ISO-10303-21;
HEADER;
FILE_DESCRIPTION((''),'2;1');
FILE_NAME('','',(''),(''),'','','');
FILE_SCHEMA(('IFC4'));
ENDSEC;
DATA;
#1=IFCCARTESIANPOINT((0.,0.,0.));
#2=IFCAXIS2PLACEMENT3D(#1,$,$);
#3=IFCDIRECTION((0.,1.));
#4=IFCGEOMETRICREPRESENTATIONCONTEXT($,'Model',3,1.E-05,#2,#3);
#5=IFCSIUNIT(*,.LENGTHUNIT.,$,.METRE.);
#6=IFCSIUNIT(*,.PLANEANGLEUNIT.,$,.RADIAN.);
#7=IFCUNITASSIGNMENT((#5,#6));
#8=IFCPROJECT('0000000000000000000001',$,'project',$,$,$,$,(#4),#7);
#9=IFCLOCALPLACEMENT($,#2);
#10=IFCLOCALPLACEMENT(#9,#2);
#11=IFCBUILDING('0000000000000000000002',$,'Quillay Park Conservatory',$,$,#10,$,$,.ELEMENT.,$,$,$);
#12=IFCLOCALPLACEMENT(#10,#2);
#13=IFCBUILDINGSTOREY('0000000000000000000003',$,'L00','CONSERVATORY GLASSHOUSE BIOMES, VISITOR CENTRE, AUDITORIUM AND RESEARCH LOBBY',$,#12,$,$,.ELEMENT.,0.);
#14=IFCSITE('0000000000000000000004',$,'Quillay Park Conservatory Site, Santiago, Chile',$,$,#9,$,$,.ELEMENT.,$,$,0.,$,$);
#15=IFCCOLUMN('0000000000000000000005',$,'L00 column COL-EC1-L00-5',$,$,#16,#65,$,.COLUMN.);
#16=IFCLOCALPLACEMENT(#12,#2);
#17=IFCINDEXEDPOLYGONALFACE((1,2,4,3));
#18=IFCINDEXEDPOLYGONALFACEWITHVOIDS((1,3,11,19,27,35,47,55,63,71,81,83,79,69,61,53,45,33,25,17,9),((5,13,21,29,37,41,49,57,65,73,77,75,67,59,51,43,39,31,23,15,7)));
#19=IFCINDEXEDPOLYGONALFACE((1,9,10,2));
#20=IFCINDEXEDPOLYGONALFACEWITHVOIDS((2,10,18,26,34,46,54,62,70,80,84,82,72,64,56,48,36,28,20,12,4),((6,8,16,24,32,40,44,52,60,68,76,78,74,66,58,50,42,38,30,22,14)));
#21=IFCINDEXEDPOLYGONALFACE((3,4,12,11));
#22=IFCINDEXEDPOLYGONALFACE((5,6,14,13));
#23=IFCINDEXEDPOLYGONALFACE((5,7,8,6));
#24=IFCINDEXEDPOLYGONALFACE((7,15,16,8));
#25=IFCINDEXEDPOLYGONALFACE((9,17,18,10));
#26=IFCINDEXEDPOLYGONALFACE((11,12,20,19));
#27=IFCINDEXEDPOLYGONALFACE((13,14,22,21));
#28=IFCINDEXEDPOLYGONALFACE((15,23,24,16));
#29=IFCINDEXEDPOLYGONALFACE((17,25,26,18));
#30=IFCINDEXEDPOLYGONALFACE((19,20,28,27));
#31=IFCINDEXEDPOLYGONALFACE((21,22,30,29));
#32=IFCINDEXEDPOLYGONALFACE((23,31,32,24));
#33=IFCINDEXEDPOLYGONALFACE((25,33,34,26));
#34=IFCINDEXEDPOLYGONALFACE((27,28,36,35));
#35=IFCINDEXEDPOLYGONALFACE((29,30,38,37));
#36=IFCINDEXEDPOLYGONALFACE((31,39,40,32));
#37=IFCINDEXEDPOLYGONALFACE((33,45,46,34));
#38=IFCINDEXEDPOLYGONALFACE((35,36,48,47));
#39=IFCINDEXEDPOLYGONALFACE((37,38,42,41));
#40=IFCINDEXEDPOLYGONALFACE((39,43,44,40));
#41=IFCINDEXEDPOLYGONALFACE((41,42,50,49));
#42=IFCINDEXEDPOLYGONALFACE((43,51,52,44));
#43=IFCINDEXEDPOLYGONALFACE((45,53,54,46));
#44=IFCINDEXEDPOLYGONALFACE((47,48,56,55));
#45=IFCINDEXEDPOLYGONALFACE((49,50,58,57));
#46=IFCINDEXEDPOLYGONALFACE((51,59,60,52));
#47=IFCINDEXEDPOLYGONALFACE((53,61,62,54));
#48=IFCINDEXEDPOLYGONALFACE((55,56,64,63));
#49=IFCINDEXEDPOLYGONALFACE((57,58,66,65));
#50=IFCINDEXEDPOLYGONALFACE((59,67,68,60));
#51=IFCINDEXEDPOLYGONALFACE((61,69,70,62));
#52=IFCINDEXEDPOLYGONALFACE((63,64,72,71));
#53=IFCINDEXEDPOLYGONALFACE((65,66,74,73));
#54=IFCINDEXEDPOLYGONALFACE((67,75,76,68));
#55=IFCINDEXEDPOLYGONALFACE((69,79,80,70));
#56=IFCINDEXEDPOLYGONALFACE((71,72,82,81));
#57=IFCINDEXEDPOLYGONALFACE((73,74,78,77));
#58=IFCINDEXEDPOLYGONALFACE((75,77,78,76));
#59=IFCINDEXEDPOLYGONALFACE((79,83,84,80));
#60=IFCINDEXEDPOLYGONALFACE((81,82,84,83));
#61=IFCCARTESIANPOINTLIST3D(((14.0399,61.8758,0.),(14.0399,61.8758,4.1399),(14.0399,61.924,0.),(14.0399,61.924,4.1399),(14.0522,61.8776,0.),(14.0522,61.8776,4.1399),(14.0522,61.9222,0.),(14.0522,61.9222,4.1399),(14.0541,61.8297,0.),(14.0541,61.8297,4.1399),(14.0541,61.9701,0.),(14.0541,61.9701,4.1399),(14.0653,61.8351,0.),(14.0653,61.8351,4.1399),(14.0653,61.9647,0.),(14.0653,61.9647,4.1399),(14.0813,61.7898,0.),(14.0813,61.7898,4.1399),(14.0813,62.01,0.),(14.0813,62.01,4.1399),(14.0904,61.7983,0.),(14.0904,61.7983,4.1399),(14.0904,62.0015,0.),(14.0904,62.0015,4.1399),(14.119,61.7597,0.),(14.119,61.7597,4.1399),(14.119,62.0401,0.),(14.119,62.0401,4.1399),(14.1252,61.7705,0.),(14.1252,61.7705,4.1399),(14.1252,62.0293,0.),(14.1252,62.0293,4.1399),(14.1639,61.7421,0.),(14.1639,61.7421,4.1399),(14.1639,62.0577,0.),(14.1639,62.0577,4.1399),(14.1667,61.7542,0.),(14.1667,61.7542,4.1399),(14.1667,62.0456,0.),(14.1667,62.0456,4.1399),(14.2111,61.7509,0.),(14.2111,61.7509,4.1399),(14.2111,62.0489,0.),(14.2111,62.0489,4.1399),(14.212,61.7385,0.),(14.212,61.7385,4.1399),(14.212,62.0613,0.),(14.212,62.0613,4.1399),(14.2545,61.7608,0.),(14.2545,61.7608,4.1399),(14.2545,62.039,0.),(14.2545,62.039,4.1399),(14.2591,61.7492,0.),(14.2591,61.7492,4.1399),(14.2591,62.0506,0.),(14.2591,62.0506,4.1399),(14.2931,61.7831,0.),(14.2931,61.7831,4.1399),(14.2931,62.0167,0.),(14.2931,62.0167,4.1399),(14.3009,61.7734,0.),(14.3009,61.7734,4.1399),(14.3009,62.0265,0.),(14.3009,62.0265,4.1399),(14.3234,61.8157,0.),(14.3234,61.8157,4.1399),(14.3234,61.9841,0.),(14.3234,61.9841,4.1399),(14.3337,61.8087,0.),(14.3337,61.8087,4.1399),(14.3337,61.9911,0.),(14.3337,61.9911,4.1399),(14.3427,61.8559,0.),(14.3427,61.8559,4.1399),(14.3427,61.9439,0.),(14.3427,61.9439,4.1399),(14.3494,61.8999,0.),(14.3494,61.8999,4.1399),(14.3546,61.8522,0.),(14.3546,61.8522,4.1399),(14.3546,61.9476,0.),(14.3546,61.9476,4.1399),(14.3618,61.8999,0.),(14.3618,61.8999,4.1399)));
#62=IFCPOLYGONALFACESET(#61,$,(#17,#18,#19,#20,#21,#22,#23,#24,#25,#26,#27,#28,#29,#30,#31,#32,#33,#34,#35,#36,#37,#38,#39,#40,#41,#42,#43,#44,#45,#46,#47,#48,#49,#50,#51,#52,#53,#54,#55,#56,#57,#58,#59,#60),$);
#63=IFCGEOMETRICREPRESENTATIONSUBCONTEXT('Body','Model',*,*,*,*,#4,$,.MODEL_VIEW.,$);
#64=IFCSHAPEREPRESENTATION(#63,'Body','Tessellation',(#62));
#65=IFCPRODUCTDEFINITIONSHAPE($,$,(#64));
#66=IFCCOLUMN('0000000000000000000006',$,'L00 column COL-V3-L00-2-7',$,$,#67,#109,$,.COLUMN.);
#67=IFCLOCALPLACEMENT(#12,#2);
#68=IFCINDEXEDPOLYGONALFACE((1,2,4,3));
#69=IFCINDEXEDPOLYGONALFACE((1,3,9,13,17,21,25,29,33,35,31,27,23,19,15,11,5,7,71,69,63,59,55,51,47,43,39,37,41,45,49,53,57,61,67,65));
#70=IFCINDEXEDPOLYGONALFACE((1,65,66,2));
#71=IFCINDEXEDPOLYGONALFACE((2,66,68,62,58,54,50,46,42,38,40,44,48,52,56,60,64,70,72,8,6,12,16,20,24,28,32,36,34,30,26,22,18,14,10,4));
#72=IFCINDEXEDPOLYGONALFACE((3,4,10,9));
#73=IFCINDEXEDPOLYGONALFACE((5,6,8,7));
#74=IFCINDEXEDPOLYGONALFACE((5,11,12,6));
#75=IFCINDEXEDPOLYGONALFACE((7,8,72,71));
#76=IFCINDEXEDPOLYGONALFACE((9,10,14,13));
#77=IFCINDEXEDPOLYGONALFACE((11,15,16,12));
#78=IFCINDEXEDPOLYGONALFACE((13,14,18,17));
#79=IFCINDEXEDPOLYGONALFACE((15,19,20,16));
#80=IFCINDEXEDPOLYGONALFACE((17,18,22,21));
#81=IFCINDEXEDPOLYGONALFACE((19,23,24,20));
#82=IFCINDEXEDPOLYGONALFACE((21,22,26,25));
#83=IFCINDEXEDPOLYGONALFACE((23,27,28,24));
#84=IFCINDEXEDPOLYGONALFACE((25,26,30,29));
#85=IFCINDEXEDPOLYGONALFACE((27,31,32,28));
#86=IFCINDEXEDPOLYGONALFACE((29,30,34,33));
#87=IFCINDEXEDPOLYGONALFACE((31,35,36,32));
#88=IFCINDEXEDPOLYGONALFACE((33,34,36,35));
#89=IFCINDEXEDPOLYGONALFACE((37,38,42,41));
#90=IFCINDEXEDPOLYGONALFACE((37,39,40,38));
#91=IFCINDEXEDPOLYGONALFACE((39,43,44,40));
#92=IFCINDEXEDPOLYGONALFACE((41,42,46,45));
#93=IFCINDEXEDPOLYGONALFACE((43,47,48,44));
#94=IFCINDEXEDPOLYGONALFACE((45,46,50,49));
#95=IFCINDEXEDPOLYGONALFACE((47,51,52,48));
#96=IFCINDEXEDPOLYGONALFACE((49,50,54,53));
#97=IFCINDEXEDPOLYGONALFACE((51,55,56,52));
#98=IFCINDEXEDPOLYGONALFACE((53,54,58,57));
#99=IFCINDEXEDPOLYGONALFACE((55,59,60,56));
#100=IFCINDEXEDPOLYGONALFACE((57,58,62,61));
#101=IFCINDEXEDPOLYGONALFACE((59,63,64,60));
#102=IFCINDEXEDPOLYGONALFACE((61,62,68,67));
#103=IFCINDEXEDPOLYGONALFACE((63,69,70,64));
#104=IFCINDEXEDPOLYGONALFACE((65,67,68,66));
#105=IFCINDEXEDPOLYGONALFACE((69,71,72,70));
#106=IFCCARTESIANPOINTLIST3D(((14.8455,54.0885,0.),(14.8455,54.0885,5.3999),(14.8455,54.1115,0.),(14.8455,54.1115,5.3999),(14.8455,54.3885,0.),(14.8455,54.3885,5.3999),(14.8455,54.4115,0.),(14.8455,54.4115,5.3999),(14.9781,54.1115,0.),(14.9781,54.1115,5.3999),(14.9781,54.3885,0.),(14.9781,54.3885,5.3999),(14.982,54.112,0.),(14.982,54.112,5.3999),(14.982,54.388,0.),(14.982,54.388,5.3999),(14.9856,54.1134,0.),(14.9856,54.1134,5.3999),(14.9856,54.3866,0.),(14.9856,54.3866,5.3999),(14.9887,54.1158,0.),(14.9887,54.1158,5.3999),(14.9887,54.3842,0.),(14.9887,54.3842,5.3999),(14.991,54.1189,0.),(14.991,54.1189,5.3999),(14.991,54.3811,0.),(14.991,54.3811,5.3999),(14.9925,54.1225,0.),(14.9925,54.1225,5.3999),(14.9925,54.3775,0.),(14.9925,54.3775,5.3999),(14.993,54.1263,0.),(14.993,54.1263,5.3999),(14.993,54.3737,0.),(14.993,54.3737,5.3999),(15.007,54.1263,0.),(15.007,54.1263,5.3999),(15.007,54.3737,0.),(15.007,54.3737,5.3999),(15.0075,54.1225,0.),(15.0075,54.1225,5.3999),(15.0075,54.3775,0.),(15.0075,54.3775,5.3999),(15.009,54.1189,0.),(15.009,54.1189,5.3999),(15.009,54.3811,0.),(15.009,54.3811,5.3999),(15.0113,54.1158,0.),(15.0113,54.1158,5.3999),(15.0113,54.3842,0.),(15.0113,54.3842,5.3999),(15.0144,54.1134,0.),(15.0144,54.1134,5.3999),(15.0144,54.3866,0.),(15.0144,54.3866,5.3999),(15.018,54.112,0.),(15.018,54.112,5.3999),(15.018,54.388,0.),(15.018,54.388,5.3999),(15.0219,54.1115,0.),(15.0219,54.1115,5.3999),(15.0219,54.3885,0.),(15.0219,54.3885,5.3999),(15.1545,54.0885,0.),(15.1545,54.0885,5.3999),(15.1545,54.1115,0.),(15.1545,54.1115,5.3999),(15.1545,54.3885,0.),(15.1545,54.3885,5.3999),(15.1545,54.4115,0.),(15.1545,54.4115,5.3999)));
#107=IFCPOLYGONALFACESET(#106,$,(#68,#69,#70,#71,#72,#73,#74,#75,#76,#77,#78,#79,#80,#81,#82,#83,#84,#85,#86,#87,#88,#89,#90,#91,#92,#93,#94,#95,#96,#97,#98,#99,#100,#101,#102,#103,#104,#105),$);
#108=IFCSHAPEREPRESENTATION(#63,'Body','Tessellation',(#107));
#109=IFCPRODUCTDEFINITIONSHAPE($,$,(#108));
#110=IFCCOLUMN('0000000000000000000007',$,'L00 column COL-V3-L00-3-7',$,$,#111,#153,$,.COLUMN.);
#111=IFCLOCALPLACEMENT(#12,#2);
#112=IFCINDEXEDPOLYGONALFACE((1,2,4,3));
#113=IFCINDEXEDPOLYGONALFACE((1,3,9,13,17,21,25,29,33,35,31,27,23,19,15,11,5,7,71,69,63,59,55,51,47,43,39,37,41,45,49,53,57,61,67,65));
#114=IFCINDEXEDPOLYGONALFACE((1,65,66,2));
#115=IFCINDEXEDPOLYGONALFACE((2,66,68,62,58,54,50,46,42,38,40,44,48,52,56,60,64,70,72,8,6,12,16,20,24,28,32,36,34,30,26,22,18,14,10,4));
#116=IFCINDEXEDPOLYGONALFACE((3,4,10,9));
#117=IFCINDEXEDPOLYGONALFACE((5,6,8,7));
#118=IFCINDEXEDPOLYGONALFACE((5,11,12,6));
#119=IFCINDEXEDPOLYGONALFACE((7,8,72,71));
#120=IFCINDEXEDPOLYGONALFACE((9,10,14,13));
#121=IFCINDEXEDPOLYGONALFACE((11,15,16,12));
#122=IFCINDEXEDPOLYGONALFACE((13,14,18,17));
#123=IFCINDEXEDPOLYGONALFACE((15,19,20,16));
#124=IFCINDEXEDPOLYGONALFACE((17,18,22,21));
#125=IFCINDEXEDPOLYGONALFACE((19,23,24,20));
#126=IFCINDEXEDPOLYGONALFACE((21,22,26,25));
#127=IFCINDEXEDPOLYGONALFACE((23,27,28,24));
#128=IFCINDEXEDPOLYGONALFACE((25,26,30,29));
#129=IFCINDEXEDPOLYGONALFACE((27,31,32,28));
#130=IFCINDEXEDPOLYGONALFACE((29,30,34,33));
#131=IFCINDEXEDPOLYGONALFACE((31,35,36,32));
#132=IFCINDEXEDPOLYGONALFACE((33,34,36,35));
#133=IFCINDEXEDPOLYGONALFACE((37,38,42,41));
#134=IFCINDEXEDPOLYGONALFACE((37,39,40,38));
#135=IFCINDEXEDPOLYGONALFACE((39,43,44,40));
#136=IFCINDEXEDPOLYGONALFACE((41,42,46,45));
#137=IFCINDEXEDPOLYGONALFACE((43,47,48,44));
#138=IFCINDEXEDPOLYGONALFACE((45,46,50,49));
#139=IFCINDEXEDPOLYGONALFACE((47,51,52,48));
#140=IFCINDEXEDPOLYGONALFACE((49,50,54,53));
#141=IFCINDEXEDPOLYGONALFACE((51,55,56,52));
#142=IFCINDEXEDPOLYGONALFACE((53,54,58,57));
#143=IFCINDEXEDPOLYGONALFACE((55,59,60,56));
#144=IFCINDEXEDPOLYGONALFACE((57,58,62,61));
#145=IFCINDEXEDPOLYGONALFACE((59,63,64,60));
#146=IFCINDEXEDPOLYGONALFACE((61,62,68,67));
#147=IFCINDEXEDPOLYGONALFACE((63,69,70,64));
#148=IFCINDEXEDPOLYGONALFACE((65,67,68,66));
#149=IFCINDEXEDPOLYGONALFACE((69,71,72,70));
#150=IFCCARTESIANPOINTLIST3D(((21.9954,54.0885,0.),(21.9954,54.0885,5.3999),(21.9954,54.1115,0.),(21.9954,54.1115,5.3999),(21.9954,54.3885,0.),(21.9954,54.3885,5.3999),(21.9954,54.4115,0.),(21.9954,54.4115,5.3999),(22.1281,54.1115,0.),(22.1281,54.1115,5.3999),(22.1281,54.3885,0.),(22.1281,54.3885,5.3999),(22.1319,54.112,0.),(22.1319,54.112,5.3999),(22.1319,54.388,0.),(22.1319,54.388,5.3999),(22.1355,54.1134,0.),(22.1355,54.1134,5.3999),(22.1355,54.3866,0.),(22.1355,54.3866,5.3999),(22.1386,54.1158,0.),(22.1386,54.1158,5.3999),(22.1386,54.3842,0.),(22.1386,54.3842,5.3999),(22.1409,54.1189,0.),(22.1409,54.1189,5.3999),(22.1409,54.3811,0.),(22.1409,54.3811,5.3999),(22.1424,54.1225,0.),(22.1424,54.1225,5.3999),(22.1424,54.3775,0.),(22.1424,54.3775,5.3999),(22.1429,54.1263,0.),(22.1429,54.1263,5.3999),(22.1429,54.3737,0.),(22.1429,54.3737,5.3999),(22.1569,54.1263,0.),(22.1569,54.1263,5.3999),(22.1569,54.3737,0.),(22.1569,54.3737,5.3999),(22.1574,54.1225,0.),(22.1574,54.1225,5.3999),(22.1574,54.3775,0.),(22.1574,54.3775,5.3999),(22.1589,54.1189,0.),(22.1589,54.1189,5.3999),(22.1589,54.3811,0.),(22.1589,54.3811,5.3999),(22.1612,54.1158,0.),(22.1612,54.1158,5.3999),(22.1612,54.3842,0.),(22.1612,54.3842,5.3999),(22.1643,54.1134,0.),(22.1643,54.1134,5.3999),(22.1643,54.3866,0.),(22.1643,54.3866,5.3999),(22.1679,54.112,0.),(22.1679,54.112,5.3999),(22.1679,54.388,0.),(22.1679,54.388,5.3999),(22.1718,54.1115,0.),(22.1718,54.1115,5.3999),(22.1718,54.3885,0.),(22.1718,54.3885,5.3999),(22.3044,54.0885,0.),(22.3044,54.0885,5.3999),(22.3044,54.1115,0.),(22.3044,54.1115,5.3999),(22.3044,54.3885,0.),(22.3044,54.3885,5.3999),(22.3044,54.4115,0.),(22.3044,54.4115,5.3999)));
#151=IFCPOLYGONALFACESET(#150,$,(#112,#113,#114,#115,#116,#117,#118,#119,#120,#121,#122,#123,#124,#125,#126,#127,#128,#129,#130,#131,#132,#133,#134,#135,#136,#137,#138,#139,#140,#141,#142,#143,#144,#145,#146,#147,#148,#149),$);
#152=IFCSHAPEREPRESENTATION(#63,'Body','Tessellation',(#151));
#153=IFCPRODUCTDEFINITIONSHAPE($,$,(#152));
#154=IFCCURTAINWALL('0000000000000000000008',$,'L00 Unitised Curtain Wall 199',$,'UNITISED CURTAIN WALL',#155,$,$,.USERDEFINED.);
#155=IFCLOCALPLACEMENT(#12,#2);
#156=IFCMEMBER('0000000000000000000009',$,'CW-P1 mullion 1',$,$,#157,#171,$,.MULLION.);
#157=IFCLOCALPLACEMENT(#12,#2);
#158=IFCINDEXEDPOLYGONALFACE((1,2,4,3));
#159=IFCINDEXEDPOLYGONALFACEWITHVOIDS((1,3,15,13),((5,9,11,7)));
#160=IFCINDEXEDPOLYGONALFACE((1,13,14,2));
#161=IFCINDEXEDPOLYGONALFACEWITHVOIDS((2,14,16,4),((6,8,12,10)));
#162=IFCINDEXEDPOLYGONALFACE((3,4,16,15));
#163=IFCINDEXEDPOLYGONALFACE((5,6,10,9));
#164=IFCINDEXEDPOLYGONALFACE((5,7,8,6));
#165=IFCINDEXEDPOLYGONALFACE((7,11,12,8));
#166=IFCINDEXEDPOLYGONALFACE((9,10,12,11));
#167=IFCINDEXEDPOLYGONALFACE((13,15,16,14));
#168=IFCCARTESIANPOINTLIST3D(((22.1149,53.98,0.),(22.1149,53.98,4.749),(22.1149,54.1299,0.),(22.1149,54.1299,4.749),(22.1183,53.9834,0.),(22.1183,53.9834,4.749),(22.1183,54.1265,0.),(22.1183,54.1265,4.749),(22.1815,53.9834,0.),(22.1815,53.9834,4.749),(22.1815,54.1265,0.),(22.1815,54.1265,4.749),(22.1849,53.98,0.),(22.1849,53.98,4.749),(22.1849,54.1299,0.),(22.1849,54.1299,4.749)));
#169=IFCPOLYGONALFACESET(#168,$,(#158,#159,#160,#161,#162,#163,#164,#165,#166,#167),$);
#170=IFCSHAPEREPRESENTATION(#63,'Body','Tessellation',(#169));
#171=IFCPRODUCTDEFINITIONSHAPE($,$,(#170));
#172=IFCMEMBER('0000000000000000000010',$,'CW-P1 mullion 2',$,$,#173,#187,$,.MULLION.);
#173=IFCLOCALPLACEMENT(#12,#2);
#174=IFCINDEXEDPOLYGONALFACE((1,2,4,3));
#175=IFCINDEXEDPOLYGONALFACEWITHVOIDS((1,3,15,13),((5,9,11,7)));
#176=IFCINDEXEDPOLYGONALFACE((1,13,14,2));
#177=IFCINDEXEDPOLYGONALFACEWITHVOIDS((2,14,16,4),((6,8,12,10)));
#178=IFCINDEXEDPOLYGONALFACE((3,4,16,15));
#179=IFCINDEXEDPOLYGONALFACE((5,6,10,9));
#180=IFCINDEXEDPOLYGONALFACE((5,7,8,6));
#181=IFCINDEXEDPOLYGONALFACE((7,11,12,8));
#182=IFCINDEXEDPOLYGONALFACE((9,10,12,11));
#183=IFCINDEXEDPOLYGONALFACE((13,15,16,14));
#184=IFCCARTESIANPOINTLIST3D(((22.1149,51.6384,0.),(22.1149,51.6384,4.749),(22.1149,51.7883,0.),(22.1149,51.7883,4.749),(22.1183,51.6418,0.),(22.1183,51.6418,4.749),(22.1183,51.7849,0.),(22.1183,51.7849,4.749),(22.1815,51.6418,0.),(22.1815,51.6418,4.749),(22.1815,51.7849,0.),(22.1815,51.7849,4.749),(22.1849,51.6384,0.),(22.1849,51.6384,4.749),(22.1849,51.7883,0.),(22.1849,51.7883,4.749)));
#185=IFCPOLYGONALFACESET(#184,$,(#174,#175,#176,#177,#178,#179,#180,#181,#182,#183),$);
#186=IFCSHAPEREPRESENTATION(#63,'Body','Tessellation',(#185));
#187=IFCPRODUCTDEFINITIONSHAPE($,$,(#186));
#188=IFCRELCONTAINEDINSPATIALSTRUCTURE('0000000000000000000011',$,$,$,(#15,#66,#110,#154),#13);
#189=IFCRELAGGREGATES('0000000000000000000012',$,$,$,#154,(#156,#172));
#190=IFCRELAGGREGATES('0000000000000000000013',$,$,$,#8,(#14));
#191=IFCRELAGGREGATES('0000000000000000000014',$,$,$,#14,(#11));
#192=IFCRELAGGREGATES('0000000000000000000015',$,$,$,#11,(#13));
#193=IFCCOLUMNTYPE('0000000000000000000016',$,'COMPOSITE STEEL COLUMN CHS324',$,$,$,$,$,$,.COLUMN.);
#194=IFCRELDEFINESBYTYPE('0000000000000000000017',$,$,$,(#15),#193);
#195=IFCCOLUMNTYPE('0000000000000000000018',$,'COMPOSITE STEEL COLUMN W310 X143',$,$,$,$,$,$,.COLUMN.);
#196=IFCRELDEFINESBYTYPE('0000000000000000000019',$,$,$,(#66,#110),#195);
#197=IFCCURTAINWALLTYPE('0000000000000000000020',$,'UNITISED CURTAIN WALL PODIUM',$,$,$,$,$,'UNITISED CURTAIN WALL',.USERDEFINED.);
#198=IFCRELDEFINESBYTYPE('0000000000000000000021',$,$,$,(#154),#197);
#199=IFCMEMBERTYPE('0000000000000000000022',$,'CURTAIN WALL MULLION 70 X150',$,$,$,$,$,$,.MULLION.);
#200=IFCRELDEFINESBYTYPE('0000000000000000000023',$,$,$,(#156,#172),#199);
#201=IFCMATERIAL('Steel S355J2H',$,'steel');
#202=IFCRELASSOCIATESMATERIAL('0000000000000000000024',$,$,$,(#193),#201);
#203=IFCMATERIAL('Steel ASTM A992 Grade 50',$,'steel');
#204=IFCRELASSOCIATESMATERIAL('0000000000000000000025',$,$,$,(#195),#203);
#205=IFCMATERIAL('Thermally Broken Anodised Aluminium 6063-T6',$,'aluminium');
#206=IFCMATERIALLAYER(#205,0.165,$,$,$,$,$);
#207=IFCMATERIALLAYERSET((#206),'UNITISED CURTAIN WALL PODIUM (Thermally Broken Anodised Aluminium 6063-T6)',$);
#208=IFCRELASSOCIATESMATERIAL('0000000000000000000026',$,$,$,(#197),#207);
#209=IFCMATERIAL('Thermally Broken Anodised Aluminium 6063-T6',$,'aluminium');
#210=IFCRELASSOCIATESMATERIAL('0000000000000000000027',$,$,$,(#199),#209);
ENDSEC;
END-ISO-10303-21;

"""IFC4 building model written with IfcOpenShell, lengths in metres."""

from ifc_helpers import new_model, si_unit, direction, frame, origin, origin_2d, place, context, subcontext, project, spatial, hollow_rectangle, hollow_circle, i_section, extrude, material, layer, layer_set, material_profile, profile_set, type_object, element, aggregate, save


model = new_model("IFC4")

# Units and contexts
model_context = context("Model", 3, precision=1e-05, world=origin(), true_north=direction((0.0, 1.0)))
body_context = subcontext(model_context, "Body", "Model", "MODEL_VIEW")
ifc_project = project(units=[si_unit("LENGTHUNIT", "METRE"), si_unit("PLANEANGLEUNIT", "RADIAN")], contexts=[model_context])

# Site, building, storey
site_placement = place(None, origin())
site = spatial("IfcSite", under=ifc_project, at=site_placement, Name="Quillay Park Conservatory Site, Santiago, Chile", CompositionType="ELEMENT", RefElevation=0.0)
building_placement = place(site_placement, origin())
building = spatial("IfcBuilding", under=site, at=building_placement, Name="Quillay Park Conservatory", CompositionType="ELEMENT")
storey_placement = place(building_placement, origin())
storey = spatial("IfcBuildingStorey", under=building, at=storey_placement, Name="L00", Description="CONSERVATORY GLASSHOUSE BIOMES, VISITOR CENTRE, AUDITORIUM AND RESEARCH LOBBY", CompositionType="ELEMENT", Elevation=0.0)

# Columns
ifc_material_1 = material(Name="Steel S355J2H", Category="steel")
ifc_material_profile_1 = material_profile(ifc_material_1, hollow_circle(Radius=0.1619, WallThickness=0.0125, at=origin_2d()), Name="CHS323.9x12.5")
ifc_profile_set_1 = profile_set([ifc_material_profile_1], Name="Steel S355J2H")
column_type_1 = type_object("IfcColumnType", Name="COMPOSITE STEEL COLUMN CHS324", PredefinedType="COLUMN", material=ifc_profile_set_1)
column_placement = place(storey_placement, frame((14.2, 61.8999, 0.0), z_axis=(0.0, 0.0, 1.0), x_axis=(1.0, 0.0, 0.0)))
element("IfcColumn", 1, at=column_placement, inside=storey, type_object=column_type_1, Name="L00 column COL-EC1-L00-5", PredefinedType="COLUMN", context=body_context, shape_type="SweptSolid", body=[
    extrude(hollow_circle(Radius=0.1619, WallThickness=0.0125, at=origin_2d()), origin(), (0.0, 0.0, 1.0), 4.1399),
])
ifc_material_2 = material(Name="Steel ASTM A992 Grade 50", Category="steel")
ifc_material_profile_2 = material_profile(ifc_material_2, i_section(OverallWidth=0.3091, OverallDepth=0.323, WebThickness=0.0139, FlangeThickness=0.0229, FilletRadius=0.0149, at=origin_2d()), Name="W310x143")
ifc_profile_set_2 = profile_set([ifc_material_profile_2], Name="Steel ASTM A992 Grade 50")
column_type_2 = type_object("IfcColumnType", Name="COMPOSITE STEEL COLUMN W310 X143", PredefinedType="COLUMN", material=ifc_profile_set_2)
for number, where, z_axis, x_axis, name in (
    (2, (15.0, 54.25, 0.0), (0.0, 0.0, 1.0), (1.0, 0.0, 0.0), "L00 column COL-V3-L00-2-7"),
    (3, (22.1499, 54.25, 0.0), (0.0, 0.0, 1.0), (1.0, 0.0, 0.0), "L00 column COL-V3-L00-3-7"),
):
    element("IfcColumn", number, at=place(storey_placement, frame(where, z_axis=z_axis, x_axis=x_axis)), inside=storey, type_object=column_type_2, Name=name, PredefinedType="COLUMN", context=body_context, shape_type="SweptSolid", body=[
        extrude(i_section(OverallWidth=0.3091, OverallDepth=0.323, WebThickness=0.0139, FlangeThickness=0.0229, FilletRadius=0.0149, at=origin_2d()), origin(), (0.0, 0.0, 1.0), 5.3999),
    ])

# Curtain wall, members
ifc_material_3 = material(Name="Thermally Broken Anodised Aluminium 6063-T6", Category="aluminium")
ifc_layer_1 = layer(ifc_material_3, 0.165)
ifc_layer_set_1 = layer_set([ifc_layer_1], Name="UNITISED CURTAIN WALL PODIUM (Thermally Broken Anodised Aluminium 6063-T6)")
curtain_wall_type = type_object("IfcCurtainWallType", Name="UNITISED CURTAIN WALL PODIUM", ElementType="UNITISED CURTAIN WALL", PredefinedType="USERDEFINED", material=ifc_layer_set_1)
curtain_wall_placement = place(storey_placement, origin())
curtain_wall = element("IfcCurtainWall", 4, at=curtain_wall_placement, inside=storey, type_object=curtain_wall_type, Name="L00 Unitised Curtain Wall 199", ObjectType="UNITISED CURTAIN WALL", PredefinedType="USERDEFINED")
ifc_material_4 = material(Name="Thermally Broken Anodised Aluminium 6063-T6", Category="aluminium")
ifc_material_profile_3 = material_profile(ifc_material_4, hollow_rectangle(XDim=0.0701, YDim=0.1499, WallThickness=0.0034, at=origin_2d()), Name="AL70x150x3.5")
ifc_profile_set_3 = profile_set([ifc_material_profile_3], Name="Thermally Broken Anodised Aluminium 6063-T6")
member_type_1 = type_object("IfcMemberType", Name="CURTAIN WALL MULLION 70 X150", PredefinedType="MULLION", material=ifc_profile_set_3)
member_1_placement = place(storey_placement, frame((22.1499, 54.0549, 0.0), z_axis=(0.0, 0.0, 1.0), x_axis=(1.0, 0.0, 0.0)))
member_1 = element("IfcMember", 5, at=member_1_placement, type_object=member_type_1, Name="CW-P1 mullion 1", PredefinedType="MULLION", context=body_context, shape_type="SweptSolid", body=[
    extrude(hollow_rectangle(XDim=0.0701, YDim=0.1499, WallThickness=0.0034, at=origin_2d()), origin(), (0.0, 0.0, 1.0), 4.749),
])
member_2_placement = place(storey_placement, frame((22.1499, 51.7134, 0.0), z_axis=(0.0, 0.0, 1.0), x_axis=(1.0, 0.0, 0.0)))
member_2 = element("IfcMember", 6, at=member_2_placement, type_object=member_type_1, Name="CW-P1 mullion 2", PredefinedType="MULLION", context=body_context, shape_type="SweptSolid", body=[
    extrude(hollow_rectangle(XDim=0.0701, YDim=0.1499, WallThickness=0.0034, at=origin_2d()), origin(), (0.0, 0.0, 1.0), 4.749),
])

aggregate(curtain_wall, [member_1, member_2])

save(model, "model.ifc")
